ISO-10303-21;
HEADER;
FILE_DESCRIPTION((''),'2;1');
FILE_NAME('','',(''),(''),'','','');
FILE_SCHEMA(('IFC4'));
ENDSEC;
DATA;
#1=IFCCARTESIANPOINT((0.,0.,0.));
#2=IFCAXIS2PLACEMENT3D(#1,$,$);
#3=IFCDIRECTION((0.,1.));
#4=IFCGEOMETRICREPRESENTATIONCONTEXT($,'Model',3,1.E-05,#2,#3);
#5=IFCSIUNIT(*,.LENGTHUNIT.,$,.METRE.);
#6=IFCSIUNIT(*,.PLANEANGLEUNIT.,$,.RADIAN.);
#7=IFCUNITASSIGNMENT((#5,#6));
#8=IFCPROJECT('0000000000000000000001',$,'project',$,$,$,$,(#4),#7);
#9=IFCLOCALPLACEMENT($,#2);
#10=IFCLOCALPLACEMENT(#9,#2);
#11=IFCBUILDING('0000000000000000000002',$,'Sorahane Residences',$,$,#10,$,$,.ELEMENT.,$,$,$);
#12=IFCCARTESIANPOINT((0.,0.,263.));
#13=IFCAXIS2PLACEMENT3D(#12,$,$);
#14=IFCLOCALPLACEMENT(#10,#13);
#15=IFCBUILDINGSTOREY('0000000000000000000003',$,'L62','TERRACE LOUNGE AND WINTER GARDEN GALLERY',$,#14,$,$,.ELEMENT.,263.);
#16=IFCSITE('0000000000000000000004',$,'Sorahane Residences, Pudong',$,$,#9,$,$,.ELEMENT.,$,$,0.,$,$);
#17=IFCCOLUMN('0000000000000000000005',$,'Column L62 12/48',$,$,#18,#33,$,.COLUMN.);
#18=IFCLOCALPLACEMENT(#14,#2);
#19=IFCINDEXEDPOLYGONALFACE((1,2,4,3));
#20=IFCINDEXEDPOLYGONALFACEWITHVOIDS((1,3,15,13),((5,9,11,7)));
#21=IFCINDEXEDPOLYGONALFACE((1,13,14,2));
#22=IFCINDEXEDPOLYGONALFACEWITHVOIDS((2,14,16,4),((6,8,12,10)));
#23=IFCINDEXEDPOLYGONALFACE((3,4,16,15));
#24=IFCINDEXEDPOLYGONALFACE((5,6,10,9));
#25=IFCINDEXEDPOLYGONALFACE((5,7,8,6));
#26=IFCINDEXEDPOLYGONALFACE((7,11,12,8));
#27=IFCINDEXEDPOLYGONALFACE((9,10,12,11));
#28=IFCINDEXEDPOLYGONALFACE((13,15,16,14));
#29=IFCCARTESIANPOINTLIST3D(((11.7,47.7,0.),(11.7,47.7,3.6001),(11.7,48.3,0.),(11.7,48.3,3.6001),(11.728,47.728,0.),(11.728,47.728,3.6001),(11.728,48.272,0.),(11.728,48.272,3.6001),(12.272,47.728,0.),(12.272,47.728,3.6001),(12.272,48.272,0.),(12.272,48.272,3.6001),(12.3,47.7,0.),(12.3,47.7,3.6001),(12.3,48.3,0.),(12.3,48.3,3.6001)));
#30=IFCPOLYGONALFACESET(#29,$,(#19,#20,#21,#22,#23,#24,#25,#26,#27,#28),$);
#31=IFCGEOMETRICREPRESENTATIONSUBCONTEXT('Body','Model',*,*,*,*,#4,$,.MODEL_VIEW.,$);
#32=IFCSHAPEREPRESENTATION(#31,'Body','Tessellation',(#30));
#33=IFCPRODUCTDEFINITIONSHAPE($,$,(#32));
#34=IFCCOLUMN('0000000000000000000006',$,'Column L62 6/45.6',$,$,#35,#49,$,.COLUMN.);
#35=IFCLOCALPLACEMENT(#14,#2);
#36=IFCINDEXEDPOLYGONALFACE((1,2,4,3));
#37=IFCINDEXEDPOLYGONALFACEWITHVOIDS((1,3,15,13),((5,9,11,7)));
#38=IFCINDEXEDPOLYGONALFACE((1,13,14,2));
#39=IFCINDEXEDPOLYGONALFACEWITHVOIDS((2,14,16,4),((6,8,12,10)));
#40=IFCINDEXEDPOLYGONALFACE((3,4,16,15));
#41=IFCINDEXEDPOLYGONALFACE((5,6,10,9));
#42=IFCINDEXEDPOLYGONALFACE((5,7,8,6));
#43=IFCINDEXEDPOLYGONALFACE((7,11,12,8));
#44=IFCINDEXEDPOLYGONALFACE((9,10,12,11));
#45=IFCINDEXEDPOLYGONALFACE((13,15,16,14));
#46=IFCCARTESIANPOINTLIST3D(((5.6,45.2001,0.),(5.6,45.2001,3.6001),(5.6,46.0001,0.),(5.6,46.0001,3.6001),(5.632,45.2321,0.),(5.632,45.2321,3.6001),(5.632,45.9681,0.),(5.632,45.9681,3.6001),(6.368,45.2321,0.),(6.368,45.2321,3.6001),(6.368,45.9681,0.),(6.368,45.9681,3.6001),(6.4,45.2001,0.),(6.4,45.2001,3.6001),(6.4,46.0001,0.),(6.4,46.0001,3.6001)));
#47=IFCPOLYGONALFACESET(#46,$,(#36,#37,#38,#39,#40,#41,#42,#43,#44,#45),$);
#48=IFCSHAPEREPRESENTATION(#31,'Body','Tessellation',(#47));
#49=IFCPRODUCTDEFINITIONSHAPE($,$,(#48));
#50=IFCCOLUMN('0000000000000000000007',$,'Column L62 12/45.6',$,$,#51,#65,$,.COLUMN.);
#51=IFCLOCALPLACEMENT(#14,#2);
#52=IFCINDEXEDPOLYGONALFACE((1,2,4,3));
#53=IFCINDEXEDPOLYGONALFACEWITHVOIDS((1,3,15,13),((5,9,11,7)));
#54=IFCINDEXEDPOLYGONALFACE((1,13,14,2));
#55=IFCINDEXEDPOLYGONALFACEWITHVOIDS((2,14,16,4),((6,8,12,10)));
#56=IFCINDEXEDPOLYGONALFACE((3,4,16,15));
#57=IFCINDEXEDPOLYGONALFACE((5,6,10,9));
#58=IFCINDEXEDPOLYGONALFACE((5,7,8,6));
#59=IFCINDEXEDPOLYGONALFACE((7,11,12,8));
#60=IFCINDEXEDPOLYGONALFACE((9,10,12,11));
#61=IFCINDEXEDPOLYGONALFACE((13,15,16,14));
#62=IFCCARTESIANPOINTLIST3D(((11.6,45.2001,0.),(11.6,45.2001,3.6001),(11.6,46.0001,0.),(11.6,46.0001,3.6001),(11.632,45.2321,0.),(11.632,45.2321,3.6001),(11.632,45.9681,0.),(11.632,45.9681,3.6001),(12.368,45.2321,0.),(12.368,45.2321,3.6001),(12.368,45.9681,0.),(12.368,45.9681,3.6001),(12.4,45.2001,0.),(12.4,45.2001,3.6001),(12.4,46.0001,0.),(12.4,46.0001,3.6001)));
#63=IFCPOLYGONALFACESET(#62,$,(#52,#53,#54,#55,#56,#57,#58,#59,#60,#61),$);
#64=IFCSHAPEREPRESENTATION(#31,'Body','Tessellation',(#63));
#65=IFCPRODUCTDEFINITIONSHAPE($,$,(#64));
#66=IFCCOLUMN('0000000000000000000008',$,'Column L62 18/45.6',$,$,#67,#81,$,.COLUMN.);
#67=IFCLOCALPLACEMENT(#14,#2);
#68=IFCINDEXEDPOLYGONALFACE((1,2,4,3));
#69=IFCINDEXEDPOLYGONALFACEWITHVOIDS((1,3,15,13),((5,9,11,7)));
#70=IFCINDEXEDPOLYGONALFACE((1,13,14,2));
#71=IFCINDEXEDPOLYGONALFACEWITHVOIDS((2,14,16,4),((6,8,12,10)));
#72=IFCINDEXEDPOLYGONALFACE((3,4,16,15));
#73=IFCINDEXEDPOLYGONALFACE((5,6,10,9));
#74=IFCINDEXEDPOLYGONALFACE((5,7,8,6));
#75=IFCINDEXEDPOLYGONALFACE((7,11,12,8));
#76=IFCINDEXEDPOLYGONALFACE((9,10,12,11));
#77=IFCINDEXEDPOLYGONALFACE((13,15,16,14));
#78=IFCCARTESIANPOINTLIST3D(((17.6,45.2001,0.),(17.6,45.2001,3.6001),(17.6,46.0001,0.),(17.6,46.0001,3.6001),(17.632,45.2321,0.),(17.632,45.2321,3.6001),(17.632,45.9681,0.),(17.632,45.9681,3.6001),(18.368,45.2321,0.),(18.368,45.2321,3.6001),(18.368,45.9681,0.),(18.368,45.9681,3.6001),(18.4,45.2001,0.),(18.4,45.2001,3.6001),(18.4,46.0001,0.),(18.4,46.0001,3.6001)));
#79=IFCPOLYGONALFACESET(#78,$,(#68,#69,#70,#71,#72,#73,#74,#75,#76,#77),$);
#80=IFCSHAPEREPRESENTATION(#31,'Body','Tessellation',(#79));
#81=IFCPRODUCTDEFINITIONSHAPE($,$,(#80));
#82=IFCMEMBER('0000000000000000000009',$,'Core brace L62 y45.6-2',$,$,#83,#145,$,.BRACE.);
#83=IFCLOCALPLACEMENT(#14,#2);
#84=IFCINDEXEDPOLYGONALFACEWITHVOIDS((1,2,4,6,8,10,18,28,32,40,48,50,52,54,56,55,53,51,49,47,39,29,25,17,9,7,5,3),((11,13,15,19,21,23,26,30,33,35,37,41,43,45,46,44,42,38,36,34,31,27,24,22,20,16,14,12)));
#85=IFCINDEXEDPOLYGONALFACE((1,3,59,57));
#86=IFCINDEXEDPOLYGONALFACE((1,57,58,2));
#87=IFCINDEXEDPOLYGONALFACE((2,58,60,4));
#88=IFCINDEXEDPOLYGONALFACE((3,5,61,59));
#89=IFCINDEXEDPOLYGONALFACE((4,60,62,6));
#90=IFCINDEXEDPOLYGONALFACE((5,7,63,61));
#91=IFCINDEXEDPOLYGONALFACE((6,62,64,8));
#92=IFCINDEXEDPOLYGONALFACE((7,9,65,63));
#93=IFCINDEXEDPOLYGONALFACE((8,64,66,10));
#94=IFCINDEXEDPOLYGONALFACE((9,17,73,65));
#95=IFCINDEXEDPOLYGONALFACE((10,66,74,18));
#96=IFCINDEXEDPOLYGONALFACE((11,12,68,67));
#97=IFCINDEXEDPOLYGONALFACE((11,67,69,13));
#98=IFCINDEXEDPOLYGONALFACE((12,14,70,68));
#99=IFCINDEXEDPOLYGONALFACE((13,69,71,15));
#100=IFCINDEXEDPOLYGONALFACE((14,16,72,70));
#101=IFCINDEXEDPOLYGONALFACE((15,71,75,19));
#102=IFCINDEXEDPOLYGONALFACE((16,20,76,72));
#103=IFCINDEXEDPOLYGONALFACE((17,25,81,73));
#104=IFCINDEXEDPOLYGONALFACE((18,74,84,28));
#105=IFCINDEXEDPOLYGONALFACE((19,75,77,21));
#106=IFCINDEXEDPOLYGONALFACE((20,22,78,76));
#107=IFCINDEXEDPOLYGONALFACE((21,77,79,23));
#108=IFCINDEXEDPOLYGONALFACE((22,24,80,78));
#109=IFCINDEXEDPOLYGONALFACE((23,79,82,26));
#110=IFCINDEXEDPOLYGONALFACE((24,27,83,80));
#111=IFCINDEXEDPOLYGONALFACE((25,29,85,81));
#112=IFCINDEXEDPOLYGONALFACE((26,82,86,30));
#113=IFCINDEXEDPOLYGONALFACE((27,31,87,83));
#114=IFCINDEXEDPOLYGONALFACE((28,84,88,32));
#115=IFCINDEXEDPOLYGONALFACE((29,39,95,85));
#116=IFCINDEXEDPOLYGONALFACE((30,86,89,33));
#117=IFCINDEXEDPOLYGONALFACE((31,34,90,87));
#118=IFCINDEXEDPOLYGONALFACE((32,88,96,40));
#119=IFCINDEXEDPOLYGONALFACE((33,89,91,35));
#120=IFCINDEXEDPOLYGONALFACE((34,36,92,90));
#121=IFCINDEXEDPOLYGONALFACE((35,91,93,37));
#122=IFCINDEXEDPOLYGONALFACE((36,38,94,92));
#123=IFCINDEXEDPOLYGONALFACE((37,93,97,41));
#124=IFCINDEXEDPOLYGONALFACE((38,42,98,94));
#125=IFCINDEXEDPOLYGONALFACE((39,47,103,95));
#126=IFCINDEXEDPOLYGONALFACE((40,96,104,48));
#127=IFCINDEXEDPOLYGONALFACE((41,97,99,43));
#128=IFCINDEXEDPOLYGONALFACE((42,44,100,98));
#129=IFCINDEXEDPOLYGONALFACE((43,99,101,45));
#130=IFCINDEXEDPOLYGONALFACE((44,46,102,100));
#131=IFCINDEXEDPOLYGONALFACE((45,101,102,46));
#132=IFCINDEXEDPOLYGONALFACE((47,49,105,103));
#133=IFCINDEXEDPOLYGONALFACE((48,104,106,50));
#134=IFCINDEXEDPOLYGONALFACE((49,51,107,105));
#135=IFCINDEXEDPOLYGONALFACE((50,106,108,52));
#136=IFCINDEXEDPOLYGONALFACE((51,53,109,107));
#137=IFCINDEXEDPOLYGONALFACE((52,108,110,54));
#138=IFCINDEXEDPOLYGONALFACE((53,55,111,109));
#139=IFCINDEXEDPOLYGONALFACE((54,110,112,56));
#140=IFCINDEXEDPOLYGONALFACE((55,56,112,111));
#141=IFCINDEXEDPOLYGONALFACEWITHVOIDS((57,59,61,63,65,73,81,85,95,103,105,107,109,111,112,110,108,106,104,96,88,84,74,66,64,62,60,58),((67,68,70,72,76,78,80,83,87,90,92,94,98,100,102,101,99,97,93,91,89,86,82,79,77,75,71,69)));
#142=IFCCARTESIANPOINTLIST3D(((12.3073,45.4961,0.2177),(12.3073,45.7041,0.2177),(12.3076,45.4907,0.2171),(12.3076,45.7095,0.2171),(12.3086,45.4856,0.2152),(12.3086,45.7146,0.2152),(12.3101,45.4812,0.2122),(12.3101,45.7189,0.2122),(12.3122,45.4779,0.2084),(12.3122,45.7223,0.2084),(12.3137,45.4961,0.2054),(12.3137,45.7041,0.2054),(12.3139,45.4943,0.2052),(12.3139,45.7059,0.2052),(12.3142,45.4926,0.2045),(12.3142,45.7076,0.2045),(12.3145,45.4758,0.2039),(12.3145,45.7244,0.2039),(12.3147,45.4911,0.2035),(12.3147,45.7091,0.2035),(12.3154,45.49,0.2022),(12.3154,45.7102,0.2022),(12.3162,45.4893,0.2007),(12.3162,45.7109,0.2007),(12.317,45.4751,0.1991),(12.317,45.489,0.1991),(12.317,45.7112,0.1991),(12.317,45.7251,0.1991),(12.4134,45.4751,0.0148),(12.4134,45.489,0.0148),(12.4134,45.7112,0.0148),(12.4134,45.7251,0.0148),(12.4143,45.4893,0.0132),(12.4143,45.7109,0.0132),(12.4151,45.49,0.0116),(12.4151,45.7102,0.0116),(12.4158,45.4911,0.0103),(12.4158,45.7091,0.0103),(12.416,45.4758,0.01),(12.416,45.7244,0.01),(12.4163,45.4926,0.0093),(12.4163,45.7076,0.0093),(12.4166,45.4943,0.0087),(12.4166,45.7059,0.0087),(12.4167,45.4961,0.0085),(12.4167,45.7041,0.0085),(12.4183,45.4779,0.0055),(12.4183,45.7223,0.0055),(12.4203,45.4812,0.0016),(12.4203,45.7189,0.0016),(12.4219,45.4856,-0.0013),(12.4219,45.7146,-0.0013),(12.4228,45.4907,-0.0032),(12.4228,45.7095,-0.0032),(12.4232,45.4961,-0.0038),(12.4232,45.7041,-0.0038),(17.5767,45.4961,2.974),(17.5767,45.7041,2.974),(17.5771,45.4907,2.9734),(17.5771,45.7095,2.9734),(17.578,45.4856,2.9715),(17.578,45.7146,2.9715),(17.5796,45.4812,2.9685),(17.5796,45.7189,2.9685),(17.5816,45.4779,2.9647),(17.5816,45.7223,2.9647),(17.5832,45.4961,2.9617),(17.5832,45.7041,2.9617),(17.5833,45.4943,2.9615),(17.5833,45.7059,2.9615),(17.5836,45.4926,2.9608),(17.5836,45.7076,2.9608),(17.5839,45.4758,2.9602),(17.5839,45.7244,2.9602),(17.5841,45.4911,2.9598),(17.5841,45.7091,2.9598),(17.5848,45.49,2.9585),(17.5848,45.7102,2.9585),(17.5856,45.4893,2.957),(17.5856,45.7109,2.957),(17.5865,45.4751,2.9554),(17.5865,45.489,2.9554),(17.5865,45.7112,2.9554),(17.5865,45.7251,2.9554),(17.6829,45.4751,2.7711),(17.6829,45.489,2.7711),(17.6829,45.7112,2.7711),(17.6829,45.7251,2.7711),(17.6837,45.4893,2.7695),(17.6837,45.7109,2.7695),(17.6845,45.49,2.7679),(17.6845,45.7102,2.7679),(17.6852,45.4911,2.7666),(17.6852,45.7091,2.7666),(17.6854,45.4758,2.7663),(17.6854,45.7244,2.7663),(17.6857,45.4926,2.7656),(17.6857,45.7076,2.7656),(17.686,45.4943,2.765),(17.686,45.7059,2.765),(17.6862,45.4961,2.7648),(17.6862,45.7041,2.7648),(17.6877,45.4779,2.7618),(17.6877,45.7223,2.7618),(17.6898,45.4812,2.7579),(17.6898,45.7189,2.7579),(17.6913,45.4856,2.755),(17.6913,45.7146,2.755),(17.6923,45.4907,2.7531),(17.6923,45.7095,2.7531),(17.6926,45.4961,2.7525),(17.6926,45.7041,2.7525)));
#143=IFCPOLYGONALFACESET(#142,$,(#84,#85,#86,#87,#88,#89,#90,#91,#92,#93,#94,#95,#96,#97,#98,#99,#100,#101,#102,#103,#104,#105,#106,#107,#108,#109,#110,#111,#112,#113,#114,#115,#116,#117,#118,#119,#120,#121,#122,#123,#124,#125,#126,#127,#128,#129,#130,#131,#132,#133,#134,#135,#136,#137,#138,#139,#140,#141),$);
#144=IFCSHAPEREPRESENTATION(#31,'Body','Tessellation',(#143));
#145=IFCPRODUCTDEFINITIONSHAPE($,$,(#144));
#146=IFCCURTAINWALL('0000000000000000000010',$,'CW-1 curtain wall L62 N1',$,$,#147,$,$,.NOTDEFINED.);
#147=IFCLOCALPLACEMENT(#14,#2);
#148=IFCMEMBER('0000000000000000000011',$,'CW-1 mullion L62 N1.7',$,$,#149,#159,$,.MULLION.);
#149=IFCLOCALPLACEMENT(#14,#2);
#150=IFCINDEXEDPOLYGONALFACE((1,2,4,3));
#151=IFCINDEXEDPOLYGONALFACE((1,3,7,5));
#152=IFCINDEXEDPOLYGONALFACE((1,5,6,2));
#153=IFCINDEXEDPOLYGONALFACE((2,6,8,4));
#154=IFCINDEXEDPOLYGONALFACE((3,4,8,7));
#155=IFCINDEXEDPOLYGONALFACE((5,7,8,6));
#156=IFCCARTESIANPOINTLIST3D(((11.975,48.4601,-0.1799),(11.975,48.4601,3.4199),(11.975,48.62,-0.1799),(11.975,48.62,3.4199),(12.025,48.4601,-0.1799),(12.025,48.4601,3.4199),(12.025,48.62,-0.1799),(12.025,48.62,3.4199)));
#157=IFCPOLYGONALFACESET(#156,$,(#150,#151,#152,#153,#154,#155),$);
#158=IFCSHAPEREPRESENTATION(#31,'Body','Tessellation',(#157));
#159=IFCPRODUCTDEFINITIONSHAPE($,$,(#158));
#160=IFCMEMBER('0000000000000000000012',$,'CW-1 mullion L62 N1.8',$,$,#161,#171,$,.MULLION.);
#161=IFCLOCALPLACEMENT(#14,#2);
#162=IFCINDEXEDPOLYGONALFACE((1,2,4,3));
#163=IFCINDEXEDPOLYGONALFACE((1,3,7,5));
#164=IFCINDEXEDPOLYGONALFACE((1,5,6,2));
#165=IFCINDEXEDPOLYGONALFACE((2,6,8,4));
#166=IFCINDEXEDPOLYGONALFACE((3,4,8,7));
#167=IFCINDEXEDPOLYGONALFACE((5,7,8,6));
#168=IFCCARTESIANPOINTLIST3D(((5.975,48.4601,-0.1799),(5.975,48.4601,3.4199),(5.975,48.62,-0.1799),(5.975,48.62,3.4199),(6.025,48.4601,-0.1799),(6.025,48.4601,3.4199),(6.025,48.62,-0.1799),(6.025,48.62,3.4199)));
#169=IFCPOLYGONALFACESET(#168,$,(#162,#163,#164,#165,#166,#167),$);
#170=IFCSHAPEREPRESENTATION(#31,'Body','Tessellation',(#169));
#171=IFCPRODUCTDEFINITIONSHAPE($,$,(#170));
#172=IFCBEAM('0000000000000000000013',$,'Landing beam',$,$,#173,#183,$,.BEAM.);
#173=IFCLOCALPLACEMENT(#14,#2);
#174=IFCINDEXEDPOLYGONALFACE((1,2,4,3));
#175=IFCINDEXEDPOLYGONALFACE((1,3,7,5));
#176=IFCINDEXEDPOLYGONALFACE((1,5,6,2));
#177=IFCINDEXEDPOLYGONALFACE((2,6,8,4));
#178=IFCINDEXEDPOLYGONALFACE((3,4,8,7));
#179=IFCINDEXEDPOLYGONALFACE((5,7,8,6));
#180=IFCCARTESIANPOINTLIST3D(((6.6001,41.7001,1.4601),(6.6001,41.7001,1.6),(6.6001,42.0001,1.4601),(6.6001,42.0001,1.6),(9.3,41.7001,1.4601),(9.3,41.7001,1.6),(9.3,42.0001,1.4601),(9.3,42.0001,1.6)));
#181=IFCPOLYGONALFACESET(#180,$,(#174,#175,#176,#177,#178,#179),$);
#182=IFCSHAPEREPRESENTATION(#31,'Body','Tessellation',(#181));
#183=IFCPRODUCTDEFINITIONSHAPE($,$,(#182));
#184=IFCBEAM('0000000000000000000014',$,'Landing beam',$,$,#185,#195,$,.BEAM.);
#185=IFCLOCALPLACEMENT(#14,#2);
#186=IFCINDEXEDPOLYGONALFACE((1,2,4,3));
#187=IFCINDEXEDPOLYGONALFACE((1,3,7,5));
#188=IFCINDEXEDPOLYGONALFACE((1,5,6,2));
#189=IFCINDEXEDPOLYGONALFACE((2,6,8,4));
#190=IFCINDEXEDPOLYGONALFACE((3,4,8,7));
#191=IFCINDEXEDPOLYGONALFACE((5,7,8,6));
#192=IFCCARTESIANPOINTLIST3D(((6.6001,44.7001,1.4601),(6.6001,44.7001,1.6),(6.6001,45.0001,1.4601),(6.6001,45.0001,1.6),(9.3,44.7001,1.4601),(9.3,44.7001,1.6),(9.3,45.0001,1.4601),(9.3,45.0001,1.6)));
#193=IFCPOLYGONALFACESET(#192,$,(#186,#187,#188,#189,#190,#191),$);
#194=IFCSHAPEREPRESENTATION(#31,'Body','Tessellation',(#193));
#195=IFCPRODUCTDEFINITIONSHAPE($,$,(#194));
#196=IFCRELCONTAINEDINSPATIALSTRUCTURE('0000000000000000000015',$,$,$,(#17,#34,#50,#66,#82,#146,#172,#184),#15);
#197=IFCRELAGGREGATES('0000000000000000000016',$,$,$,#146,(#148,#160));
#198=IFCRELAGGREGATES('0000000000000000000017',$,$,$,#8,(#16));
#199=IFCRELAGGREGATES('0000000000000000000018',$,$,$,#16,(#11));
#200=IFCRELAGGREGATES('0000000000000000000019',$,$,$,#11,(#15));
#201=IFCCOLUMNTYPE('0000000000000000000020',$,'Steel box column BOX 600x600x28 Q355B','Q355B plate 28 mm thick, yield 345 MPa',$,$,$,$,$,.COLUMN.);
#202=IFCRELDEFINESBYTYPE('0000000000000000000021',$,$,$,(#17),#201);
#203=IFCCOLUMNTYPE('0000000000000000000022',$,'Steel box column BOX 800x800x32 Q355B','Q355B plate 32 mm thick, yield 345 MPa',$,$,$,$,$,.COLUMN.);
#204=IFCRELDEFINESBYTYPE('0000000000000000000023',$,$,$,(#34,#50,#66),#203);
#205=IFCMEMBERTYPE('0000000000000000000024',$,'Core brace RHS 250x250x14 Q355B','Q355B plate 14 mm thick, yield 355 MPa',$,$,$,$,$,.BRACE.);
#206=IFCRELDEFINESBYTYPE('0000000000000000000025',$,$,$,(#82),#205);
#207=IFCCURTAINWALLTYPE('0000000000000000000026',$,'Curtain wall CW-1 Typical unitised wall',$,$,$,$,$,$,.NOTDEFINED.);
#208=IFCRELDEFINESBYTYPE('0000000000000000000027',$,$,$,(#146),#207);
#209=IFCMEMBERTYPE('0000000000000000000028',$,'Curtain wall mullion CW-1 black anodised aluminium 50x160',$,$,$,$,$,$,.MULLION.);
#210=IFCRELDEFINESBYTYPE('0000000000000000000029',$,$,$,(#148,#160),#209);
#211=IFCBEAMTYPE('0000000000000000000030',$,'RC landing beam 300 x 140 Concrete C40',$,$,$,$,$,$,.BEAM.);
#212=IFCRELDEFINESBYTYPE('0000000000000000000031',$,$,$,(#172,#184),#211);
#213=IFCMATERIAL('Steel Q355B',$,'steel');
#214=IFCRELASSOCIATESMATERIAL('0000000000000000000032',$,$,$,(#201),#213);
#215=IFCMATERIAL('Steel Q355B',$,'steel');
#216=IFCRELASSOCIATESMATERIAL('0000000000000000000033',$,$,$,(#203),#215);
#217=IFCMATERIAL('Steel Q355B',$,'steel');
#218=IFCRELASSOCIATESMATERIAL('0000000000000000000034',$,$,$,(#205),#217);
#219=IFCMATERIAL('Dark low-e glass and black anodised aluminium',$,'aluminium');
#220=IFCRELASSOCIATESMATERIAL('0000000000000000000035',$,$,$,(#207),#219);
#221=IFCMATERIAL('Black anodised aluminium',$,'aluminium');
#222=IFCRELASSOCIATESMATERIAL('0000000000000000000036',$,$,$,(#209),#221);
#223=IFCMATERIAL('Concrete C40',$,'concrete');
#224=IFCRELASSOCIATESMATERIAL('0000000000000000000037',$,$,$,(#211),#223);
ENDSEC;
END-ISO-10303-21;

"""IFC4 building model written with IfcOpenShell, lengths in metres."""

from ifc_helpers import new_model, si_unit, direction, frame, origin, origin_2d, place, context, subcontext, project, spatial, rectangle, hollow_rectangle, extrude, material, material_profile, profile_set, type_object, element, aggregate, save


model = new_model("IFC4")

# Units and contexts
model_context = context("Model", 3, precision=1e-05, world=origin(), true_north=direction((0.0, 1.0)))
body_context = subcontext(model_context, "Body", "Model", "MODEL_VIEW")
ifc_project = project(units=[si_unit("LENGTHUNIT", "METRE"), si_unit("PLANEANGLEUNIT", "RADIAN")], contexts=[model_context])

# Site, building, storey
site_placement = place(None, origin())
site = spatial("IfcSite", under=ifc_project, at=site_placement, Name="Sorahane Residences, Pudong", CompositionType="ELEMENT", RefElevation=0.0)
building_placement = place(site_placement, origin())
building = spatial("IfcBuilding", under=site, at=building_placement, Name="Sorahane Residences", CompositionType="ELEMENT")
storey_placement = place(building_placement, frame((0.0, 0.0, 263.0)))
storey = spatial("IfcBuildingStorey", under=building, at=storey_placement, Name="L62", Description="TERRACE LOUNGE AND WINTER GARDEN GALLERY", CompositionType="ELEMENT", Elevation=263.0)

# Columns
ifc_material_1 = material(Name="Steel Q355B", Category="steel")
ifc_material_profile_1 = material_profile(ifc_material_1, hollow_rectangle(XDim=0.6001, YDim=0.6001, WallThickness=0.0281, at=origin_2d()), Name="BOX 600x600x28")
ifc_profile_set_1 = profile_set([ifc_material_profile_1], Name="Steel Q355B")
column_type_1 = type_object("IfcColumnType", Name="Steel box column BOX 600x600x28 Q355B", Description="Q355B plate 28 mm thick, yield 345 MPa", PredefinedType="COLUMN", material=ifc_profile_set_1)
column_placement = place(storey_placement, frame((12.0, 48.0, 0.0), z_axis=(0.0, 0.0, 1.0), x_axis=(1.0, 0.0, 0.0)))
element("IfcColumn", 1, at=column_placement, inside=storey, type_object=column_type_1, Name="Column L62 12/48", PredefinedType="COLUMN", context=body_context, shape_type="SweptSolid", body=[
    extrude(hollow_rectangle(XDim=0.6001, YDim=0.6001, WallThickness=0.0281, at=origin_2d()), origin(), (0.0, 0.0, 1.0), 3.6001),
])
ifc_material_2 = material(Name="Steel Q355B", Category="steel")
ifc_material_profile_2 = material_profile(ifc_material_2, hollow_rectangle(XDim=0.8, YDim=0.8, WallThickness=0.032, at=origin_2d()), Name="BOX 800x800x32")
ifc_profile_set_2 = profile_set([ifc_material_profile_2], Name="Steel Q355B")
column_type_2 = type_object("IfcColumnType", Name="Steel box column BOX 800x800x32 Q355B", Description="Q355B plate 32 mm thick, yield 345 MPa", PredefinedType="COLUMN", material=ifc_profile_set_2)
for number, where, z_axis, x_axis, name in (
    (2, (6.0, 45.6001, 0.0), (0.0, 0.0, 1.0), (1.0, 0.0, 0.0), "Column L62 6/45.6"),
    (3, (12.0, 45.6001, 0.0), (0.0, 0.0, 1.0), (1.0, 0.0, 0.0), "Column L62 12/45.6"),
    (4, (18.0, 45.6001, 0.0), (0.0, 0.0, 1.0), (1.0, 0.0, 0.0), "Column L62 18/45.6"),
):
    element("IfcColumn", number, at=place(storey_placement, frame(where, z_axis=z_axis, x_axis=x_axis)), inside=storey, type_object=column_type_2, Name=name, PredefinedType="COLUMN", context=body_context, shape_type="SweptSolid", body=[
        extrude(hollow_rectangle(XDim=0.8, YDim=0.8, WallThickness=0.032, at=origin_2d()), origin(), (0.0, 0.0, 1.0), 3.6001),
    ])

# Member
ifc_material_3 = material(Name="Steel Q355B", Category="steel")
ifc_material_profile_3 = material_profile(ifc_material_3, hollow_rectangle(XDim=0.25, YDim=0.25, WallThickness=0.0139, InnerFilletRadius=0.0071, OuterFilletRadius=0.021, at=origin_2d()), Name="RHS 250x250x14")
ifc_profile_set_3 = profile_set([ifc_material_profile_3], Name="Steel Q355B")
member_type_1 = type_object("IfcMemberType", Name="Core brace RHS 250x250x14 Q355B", Description="Q355B plate 14 mm thick, yield 355 MPa", PredefinedType="BRACE", material=ifc_profile_set_3)
member_1_placement = place(storey_placement, frame((12.3652, 45.6001, 0.1069), z_axis=(0.8861, 0.0, 0.463495), x_axis=(0.0, 1.0, 0.0)))
element("IfcMember", 5, at=member_1_placement, inside=storey, type_object=member_type_1, Name="Core brace L62 y45.6-2", PredefinedType="BRACE", context=body_context, shape_type="SweptSolid", body=[
    extrude(hollow_rectangle(XDim=0.25, YDim=0.25, WallThickness=0.0139, InnerFilletRadius=0.0071, OuterFilletRadius=0.021, at=origin_2d()), origin(), (0.0, 0.0, 1.0), 5.9468),
])

# Curtain wall, members
ifc_material_4 = material(Name="Dark low-e glass and black anodised aluminium", Category="aluminium")
curtain_wall_type = type_object("IfcCurtainWallType", Name="Curtain wall CW-1 Typical unitised wall", PredefinedType="NOTDEFINED", material=ifc_material_4)
curtain_wall_placement = place(storey_placement, origin())
curtain_wall = element("IfcCurtainWall", 6, at=curtain_wall_placement, inside=storey, type_object=curtain_wall_type, Name="CW-1 curtain wall L62 N1", PredefinedType="NOTDEFINED")
ifc_material_5 = material(Name="Black anodised aluminium", Category="aluminium")
ifc_material_profile_4 = material_profile(ifc_material_5, rectangle(XDim=0.1599, YDim=0.05, at=origin_2d()), Name="Curtain wall mullion CW-1 black anodised aluminium 50x160")
ifc_profile_set_4 = profile_set([ifc_material_profile_4], Name="Black anodised aluminium")
member_type_2 = type_object("IfcMemberType", Name="Curtain wall mullion CW-1 black anodised aluminium 50x160", PredefinedType="MULLION", material=ifc_profile_set_4)
member_2_placement = place(storey_placement, frame((12.0, 48.54, -0.1799), z_axis=(0.0, 0.0, 1.0), x_axis=(0.0, 1.0, 0.0)))
member_2 = element("IfcMember", 7, at=member_2_placement, type_object=member_type_2, Name="CW-1 mullion L62 N1.7", PredefinedType="MULLION", context=body_context, shape_type="SweptSolid", body=[
    extrude(rectangle(XDim=0.1599, YDim=0.05, at=origin_2d()), origin(), (0.0, 0.0, 1.0), 3.5999),
])
member_3_placement = place(storey_placement, frame((6.0, 48.54, -0.1799), z_axis=(0.0, 0.0, 1.0), x_axis=(0.0, 1.0, 0.0)))
member_3 = element("IfcMember", 8, at=member_3_placement, type_object=member_type_2, Name="CW-1 mullion L62 N1.8", PredefinedType="MULLION", context=body_context, shape_type="SweptSolid", body=[
    extrude(rectangle(XDim=0.1599, YDim=0.05, at=origin_2d()), origin(), (0.0, 0.0, 1.0), 3.5999),
])

# Beams
ifc_material_6 = material(Name="Concrete C40", Category="concrete")
ifc_material_profile_5 = material_profile(ifc_material_6, rectangle(XDim=0.3, YDim=0.1399, at=origin_2d()), Name="300x140")
ifc_profile_set_5 = profile_set([ifc_material_profile_5], Name="Concrete C40")
beam_type_1 = type_object("IfcBeamType", Name="RC landing beam 300 x 140 Concrete C40", PredefinedType="BEAM", material=ifc_profile_set_5)
for number, where, z_axis, x_axis, name in (
    (9, (6.6001, 41.8501, 1.53), (1.0, 0.0, 0.0), (0.0, 1.0, 0.0), "Landing beam"),
    (10, (6.6001, 44.8501, 1.53), (1.0, 0.0, 0.0), (0.0, 1.0, 0.0), "Landing beam"),
):
    element("IfcBeam", number, at=place(storey_placement, frame(where, z_axis=z_axis, x_axis=x_axis)), inside=storey, type_object=beam_type_1, Name=name, PredefinedType="BEAM", context=body_context, shape_type="SweptSolid", body=[
        extrude(rectangle(XDim=0.3, YDim=0.1399, at=origin_2d()), origin(), (0.0, 0.0, 1.0), 2.7),
    ])

aggregate(curtain_wall, [member_2, member_3])

save(model, "model.ifc")
